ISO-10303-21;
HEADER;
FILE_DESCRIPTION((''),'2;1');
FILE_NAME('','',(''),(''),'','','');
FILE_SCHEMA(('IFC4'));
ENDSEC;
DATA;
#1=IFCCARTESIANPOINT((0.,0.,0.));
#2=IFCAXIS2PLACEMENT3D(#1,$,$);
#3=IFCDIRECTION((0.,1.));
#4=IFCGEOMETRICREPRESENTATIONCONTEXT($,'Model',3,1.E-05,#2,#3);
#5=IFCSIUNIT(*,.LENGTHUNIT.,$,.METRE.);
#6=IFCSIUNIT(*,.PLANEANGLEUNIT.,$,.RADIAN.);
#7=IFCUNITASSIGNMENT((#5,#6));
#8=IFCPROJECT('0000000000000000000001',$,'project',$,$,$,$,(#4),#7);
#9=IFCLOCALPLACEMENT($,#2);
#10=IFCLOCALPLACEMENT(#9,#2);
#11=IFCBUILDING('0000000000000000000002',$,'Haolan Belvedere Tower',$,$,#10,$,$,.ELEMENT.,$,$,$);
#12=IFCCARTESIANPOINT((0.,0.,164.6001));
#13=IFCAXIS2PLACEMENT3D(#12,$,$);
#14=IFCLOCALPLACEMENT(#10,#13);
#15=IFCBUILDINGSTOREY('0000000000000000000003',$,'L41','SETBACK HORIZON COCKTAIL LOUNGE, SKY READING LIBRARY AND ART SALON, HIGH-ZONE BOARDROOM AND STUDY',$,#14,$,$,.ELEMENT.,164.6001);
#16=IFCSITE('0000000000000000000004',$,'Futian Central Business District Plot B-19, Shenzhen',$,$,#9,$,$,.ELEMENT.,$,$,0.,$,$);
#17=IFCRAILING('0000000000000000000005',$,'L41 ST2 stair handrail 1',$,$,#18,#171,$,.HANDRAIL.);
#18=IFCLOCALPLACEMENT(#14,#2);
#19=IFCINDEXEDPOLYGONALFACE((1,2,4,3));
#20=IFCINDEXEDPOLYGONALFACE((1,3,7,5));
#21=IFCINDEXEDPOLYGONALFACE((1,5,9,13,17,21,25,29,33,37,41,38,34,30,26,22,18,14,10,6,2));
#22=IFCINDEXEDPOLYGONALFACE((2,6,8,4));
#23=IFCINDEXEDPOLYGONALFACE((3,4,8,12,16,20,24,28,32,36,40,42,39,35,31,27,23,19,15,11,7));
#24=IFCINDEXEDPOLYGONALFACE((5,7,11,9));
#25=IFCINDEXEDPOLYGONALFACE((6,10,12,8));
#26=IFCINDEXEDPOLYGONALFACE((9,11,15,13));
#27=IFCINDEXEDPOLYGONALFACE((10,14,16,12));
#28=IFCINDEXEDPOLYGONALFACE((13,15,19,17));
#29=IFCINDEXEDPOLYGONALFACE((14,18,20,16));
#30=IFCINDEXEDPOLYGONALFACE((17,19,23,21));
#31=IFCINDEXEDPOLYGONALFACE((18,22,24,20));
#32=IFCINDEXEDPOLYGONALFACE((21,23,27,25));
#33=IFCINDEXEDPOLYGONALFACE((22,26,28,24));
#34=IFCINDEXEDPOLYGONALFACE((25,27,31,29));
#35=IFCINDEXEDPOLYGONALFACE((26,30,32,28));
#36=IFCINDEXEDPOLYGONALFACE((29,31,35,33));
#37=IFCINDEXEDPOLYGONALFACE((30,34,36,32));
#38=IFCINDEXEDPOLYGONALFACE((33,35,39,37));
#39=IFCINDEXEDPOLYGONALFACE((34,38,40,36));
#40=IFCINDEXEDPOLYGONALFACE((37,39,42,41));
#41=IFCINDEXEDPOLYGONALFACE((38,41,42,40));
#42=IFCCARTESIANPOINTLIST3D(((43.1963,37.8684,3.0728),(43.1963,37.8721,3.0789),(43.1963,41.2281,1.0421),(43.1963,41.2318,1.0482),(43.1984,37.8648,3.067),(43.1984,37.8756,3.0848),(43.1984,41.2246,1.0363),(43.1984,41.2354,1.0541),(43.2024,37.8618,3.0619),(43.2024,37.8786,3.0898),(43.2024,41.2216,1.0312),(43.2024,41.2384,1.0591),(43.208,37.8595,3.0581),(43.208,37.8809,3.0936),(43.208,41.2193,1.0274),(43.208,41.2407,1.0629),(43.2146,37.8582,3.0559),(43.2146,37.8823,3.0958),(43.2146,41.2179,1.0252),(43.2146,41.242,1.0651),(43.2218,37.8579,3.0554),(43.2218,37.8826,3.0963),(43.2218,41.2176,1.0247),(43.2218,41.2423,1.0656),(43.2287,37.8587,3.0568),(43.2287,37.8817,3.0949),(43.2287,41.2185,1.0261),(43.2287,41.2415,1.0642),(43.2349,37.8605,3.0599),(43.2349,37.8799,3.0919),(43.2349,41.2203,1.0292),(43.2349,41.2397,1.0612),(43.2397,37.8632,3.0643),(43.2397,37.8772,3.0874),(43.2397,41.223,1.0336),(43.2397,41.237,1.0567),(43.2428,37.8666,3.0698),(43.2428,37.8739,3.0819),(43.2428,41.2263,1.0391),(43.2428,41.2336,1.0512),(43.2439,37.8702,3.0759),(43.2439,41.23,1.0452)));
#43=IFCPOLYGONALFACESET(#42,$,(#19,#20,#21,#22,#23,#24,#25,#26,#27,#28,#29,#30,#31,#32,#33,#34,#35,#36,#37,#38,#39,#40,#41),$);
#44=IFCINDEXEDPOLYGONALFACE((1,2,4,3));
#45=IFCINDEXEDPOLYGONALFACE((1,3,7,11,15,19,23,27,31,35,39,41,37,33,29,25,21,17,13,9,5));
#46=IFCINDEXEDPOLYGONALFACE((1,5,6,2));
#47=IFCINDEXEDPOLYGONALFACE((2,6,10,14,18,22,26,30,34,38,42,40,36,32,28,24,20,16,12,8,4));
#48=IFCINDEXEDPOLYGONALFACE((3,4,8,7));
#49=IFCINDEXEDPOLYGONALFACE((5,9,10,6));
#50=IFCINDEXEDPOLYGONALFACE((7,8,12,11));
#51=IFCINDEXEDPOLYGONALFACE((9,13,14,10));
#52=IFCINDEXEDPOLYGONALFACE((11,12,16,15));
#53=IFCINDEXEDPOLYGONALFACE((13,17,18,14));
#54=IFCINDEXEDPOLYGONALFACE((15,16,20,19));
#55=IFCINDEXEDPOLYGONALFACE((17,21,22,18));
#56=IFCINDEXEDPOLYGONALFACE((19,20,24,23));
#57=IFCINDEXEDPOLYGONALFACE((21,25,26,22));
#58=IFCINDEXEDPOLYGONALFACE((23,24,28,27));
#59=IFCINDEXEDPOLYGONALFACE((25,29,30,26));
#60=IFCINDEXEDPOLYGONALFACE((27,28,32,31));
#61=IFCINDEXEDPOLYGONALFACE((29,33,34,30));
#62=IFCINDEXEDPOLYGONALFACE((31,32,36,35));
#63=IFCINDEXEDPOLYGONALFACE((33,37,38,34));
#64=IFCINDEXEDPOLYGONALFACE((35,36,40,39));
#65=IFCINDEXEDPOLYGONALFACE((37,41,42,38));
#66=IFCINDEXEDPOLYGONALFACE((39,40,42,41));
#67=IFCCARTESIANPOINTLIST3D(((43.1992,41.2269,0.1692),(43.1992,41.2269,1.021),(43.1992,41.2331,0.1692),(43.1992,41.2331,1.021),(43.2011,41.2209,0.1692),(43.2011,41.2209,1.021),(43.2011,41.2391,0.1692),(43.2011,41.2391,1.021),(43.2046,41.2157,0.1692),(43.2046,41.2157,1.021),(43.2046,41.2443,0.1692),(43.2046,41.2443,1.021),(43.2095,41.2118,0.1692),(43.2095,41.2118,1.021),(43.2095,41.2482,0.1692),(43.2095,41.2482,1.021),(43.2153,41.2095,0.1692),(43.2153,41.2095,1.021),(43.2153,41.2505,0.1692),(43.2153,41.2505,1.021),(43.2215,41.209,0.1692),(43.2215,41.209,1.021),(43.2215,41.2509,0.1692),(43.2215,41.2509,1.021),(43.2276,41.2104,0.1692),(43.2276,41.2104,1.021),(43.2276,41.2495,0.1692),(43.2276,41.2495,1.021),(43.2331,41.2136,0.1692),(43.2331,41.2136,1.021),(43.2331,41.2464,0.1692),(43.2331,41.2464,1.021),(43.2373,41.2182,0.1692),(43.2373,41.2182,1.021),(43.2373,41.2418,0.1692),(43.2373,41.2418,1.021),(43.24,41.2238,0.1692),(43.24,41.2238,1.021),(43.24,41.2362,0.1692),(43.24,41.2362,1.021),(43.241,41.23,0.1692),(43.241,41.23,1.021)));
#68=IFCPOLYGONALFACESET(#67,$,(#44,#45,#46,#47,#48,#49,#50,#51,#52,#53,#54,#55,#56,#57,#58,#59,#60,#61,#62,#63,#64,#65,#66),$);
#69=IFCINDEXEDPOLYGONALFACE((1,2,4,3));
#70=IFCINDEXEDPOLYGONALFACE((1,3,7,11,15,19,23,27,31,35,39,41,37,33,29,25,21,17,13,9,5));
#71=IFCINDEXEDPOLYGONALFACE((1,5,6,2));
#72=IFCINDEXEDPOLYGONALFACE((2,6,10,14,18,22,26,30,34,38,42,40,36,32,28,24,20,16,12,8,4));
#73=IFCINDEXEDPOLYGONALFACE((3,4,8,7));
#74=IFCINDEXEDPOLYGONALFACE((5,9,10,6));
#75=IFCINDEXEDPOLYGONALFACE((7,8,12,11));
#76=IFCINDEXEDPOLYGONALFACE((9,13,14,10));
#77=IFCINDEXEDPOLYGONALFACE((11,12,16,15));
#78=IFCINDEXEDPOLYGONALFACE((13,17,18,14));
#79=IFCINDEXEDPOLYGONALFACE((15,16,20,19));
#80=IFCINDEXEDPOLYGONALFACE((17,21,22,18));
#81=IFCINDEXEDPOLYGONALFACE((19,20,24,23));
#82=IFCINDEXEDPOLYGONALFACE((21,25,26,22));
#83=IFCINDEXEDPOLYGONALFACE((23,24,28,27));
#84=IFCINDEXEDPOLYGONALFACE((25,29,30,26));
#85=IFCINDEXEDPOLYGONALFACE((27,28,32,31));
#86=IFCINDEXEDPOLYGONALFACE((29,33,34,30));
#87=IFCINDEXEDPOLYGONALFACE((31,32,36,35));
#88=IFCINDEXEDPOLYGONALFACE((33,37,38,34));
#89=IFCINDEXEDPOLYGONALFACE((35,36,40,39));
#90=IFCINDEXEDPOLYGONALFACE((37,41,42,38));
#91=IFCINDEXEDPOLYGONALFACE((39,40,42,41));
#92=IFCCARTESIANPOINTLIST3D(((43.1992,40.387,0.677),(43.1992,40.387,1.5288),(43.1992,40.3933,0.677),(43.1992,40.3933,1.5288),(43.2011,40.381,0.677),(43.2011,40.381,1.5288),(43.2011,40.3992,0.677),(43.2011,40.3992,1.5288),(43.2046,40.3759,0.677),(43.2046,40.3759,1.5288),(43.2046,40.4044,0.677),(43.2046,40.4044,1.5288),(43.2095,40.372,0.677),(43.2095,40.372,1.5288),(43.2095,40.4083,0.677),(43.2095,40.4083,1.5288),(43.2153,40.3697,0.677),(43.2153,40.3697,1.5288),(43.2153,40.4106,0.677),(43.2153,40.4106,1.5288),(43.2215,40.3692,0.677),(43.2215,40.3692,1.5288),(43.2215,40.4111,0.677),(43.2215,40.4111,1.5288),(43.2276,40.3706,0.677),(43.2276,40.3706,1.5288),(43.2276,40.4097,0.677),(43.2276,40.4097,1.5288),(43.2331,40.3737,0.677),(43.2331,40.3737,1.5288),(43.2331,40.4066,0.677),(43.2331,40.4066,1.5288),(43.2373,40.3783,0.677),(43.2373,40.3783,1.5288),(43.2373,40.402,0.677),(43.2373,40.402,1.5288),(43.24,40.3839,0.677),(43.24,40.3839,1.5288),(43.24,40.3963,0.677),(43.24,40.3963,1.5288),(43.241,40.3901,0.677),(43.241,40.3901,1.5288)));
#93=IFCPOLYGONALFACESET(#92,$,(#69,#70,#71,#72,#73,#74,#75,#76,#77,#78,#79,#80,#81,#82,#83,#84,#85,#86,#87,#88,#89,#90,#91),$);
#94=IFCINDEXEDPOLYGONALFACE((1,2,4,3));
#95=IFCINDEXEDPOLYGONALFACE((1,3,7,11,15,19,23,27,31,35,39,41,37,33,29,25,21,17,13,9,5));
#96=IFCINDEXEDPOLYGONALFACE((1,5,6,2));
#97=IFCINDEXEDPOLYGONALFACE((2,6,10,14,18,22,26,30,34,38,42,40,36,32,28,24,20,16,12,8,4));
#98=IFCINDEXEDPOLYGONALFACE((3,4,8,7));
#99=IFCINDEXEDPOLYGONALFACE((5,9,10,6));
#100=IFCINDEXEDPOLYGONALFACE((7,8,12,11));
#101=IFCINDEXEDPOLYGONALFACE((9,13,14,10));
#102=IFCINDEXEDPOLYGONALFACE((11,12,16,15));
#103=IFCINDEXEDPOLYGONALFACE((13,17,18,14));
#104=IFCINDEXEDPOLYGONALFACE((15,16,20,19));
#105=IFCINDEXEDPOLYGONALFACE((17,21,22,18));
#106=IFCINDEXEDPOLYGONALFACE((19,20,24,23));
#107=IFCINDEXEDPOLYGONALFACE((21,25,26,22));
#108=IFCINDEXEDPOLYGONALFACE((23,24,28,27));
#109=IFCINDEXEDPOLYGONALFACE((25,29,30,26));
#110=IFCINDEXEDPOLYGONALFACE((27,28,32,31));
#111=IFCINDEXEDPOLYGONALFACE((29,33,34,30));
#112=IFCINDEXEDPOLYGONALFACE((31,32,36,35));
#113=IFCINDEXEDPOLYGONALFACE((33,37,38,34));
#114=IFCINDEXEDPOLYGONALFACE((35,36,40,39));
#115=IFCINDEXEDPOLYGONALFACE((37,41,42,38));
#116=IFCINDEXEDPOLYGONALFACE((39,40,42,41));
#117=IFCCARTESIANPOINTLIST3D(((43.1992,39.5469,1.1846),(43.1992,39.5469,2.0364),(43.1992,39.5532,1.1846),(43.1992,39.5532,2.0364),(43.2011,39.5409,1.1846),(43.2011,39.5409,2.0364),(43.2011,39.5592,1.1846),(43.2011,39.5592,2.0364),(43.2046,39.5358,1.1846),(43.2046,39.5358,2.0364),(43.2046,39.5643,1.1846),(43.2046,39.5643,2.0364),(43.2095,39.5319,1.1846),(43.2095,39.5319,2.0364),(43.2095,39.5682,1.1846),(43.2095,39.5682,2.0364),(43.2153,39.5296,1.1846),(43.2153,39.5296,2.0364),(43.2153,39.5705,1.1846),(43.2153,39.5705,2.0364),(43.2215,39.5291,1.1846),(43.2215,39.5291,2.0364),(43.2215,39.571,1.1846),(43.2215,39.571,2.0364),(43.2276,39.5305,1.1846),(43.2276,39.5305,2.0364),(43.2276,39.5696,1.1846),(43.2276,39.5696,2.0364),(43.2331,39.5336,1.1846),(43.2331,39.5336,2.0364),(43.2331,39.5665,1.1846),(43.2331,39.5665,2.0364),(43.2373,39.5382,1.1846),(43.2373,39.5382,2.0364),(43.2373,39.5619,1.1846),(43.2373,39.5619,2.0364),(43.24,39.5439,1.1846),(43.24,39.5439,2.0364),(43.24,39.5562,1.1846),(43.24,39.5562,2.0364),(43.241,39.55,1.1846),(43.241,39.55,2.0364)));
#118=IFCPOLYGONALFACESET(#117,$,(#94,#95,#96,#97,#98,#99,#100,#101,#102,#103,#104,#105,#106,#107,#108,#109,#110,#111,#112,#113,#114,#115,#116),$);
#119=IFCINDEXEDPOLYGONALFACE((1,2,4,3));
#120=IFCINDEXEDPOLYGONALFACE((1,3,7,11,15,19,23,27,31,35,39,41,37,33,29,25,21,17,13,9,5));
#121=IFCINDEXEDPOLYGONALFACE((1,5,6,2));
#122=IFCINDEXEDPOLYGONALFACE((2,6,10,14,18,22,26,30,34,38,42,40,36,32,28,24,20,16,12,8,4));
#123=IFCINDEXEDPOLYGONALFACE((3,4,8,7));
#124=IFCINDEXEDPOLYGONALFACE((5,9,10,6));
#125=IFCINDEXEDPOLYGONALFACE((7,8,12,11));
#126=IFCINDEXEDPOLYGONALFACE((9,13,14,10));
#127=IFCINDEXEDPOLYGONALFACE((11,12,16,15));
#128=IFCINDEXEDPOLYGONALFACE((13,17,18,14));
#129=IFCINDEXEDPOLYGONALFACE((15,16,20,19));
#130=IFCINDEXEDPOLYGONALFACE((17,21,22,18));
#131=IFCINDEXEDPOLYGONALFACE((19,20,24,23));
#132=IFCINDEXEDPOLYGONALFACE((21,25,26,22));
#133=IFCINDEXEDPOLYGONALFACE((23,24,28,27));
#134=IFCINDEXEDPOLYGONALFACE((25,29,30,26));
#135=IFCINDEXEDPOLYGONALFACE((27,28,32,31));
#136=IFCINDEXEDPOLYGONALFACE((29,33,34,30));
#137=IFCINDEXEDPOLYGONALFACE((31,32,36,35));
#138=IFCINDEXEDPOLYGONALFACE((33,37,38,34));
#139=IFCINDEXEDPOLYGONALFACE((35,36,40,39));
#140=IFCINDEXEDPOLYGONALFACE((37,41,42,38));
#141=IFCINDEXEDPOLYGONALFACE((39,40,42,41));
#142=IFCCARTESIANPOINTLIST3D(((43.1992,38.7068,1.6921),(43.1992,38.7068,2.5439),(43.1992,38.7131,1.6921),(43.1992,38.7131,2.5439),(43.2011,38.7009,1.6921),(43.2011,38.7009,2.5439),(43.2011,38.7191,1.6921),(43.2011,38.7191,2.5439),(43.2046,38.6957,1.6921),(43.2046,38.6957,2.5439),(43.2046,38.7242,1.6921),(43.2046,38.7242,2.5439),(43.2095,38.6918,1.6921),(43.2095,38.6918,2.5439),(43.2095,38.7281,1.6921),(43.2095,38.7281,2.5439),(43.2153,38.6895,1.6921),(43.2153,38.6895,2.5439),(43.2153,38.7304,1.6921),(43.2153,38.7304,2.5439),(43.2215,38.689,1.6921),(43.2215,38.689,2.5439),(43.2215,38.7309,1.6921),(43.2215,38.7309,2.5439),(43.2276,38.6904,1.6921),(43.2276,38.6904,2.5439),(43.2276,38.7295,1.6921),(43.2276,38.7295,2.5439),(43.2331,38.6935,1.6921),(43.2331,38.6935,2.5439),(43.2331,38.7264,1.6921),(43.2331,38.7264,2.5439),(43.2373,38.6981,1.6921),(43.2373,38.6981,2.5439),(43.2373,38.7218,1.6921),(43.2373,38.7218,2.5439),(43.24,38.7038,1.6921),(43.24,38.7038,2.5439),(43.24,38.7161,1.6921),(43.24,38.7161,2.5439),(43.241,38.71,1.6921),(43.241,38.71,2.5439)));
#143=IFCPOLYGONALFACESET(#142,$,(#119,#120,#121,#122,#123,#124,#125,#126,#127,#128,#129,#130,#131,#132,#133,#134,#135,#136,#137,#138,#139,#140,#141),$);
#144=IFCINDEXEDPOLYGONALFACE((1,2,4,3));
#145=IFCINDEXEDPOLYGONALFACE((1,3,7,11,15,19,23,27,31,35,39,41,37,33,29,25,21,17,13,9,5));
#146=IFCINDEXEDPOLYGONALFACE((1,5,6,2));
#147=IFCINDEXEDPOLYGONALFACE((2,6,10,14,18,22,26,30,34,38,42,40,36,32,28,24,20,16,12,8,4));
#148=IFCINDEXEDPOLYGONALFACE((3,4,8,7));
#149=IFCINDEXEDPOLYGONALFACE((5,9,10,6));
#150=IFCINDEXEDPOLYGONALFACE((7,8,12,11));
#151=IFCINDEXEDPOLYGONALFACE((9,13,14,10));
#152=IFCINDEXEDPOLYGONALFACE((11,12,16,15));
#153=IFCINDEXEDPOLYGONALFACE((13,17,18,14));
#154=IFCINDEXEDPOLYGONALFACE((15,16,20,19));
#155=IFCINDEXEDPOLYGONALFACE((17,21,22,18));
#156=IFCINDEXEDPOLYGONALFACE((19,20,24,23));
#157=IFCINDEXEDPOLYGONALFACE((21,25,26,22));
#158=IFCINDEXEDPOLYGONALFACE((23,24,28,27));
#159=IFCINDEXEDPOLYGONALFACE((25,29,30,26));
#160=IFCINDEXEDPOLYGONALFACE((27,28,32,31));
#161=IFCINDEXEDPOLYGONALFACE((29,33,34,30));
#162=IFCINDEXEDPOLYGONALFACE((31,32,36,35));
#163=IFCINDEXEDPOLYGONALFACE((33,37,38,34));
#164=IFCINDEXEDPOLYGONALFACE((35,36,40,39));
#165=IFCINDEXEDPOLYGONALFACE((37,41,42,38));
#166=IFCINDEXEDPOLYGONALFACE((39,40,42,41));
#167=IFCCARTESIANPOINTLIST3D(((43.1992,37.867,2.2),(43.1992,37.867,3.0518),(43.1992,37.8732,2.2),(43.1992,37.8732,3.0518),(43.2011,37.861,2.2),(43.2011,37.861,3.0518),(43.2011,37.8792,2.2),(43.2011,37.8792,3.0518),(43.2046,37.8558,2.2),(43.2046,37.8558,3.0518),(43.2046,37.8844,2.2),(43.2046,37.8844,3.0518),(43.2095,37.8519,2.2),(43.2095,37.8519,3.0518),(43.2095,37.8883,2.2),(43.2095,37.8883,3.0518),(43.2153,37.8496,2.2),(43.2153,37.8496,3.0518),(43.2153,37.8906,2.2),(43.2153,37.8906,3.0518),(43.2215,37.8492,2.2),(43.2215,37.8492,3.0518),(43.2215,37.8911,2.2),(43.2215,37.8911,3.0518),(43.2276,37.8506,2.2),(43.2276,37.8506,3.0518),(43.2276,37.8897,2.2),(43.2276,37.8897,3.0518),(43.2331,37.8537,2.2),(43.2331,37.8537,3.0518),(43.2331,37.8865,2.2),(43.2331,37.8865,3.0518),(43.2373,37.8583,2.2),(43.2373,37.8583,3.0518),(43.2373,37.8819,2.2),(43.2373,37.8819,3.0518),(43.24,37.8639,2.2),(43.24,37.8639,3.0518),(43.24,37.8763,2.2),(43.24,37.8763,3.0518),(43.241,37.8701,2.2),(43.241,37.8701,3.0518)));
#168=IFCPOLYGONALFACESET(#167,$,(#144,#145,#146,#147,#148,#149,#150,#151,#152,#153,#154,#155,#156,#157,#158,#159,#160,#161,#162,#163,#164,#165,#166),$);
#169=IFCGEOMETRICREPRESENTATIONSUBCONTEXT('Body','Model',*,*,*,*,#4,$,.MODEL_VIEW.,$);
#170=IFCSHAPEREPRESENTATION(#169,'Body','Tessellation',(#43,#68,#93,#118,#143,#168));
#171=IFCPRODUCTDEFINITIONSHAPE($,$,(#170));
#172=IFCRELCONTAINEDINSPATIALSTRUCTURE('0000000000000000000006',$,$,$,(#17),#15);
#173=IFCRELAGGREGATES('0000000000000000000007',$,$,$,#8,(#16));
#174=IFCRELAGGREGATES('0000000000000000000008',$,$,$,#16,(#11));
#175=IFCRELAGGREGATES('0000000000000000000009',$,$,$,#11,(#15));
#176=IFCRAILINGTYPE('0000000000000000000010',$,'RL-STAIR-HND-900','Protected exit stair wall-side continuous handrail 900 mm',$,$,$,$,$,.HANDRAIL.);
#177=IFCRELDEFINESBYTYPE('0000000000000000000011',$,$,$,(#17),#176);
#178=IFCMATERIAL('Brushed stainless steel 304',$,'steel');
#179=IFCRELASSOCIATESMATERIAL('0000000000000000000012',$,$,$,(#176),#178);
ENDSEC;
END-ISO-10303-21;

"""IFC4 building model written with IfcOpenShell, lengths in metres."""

from ifc_helpers import new_model, si_unit, direction, frame, origin, origin_2d, place, context, subcontext, project, spatial, circle, extrude, material, type_object, element, save


model = new_model("IFC4")

# Units and contexts
model_context = context("Model", 3, precision=1e-05, world=origin(), true_north=direction((0.0, 1.0)))
body_context = subcontext(model_context, "Body", "Model", "MODEL_VIEW")
ifc_project = project(units=[si_unit("LENGTHUNIT", "METRE"), si_unit("PLANEANGLEUNIT", "RADIAN")], contexts=[model_context])

# Site, building, storey
site_placement = place(None, origin())
site = spatial("IfcSite", under=ifc_project, at=site_placement, Name="Futian Central Business District Plot B-19, Shenzhen", CompositionType="ELEMENT", RefElevation=0.0)
building_placement = place(site_placement, origin())
building = spatial("IfcBuilding", under=site, at=building_placement, Name="Haolan Belvedere Tower", CompositionType="ELEMENT")
storey_placement = place(building_placement, frame((0.0, 0.0, 164.6001)))
storey = spatial("IfcBuildingStorey", under=building, at=storey_placement, Name="L41", Description="SETBACK HORIZON COCKTAIL LOUNGE, SKY READING LIBRARY AND ART SALON, HIGH-ZONE BOARDROOM AND STUDY", CompositionType="ELEMENT", Elevation=164.6001)

# Railing
ifc_material_1 = material(Name="Brushed stainless steel 304", Category="steel")
railing_type_1 = type_object("IfcRailingType", Name="RL-STAIR-HND-900", Description="Protected exit stair wall-side continuous handrail 900 mm", PredefinedType="HANDRAIL", material=ifc_material_1)
railing_1_placement = place(storey_placement, frame((43.22, 41.23, 0.1692)))
element("IfcRailing", 1, at=railing_1_placement, inside=storey, type_object=railing_type_1, Name="L41 ST2 stair handrail 1", PredefinedType="HANDRAIL", context=body_context, shape_type="SweptSolid", body=[
    extrude(circle(Radius=0.0239, at=origin_2d()), frame((0.0, 0.0, 0.876), z_axis=(0.0, -0.85582, 0.517273), x_axis=(1.0, 0.0, 0.0)), (0.0, 0.0, 1.0), 3.9258),
    extrude(circle(Radius=0.021, at=origin_2d()), origin(), (0.0, 0.0, 1.0), 0.8518),
    extrude(circle(Radius=0.021, at=origin_2d()), frame((0.0, -0.8398, 0.5078)), (0.0, 0.0, 1.0), 0.8518),
    extrude(circle(Radius=0.021, at=origin_2d()), frame((0.0, -1.6799, 1.0154)), (0.0, 0.0, 1.0), 0.8518),
    extrude(circle(Radius=0.021, at=origin_2d()), frame((0.0, -2.52, 1.5229)), (0.0, 0.0, 1.0), 0.8518),
    extrude(circle(Radius=0.021, at=origin_2d()), frame((0.0, -3.3599, 2.0308)), (0.0, 0.0, 1.0), 0.8518),
])

save(model, "model.ifc")
